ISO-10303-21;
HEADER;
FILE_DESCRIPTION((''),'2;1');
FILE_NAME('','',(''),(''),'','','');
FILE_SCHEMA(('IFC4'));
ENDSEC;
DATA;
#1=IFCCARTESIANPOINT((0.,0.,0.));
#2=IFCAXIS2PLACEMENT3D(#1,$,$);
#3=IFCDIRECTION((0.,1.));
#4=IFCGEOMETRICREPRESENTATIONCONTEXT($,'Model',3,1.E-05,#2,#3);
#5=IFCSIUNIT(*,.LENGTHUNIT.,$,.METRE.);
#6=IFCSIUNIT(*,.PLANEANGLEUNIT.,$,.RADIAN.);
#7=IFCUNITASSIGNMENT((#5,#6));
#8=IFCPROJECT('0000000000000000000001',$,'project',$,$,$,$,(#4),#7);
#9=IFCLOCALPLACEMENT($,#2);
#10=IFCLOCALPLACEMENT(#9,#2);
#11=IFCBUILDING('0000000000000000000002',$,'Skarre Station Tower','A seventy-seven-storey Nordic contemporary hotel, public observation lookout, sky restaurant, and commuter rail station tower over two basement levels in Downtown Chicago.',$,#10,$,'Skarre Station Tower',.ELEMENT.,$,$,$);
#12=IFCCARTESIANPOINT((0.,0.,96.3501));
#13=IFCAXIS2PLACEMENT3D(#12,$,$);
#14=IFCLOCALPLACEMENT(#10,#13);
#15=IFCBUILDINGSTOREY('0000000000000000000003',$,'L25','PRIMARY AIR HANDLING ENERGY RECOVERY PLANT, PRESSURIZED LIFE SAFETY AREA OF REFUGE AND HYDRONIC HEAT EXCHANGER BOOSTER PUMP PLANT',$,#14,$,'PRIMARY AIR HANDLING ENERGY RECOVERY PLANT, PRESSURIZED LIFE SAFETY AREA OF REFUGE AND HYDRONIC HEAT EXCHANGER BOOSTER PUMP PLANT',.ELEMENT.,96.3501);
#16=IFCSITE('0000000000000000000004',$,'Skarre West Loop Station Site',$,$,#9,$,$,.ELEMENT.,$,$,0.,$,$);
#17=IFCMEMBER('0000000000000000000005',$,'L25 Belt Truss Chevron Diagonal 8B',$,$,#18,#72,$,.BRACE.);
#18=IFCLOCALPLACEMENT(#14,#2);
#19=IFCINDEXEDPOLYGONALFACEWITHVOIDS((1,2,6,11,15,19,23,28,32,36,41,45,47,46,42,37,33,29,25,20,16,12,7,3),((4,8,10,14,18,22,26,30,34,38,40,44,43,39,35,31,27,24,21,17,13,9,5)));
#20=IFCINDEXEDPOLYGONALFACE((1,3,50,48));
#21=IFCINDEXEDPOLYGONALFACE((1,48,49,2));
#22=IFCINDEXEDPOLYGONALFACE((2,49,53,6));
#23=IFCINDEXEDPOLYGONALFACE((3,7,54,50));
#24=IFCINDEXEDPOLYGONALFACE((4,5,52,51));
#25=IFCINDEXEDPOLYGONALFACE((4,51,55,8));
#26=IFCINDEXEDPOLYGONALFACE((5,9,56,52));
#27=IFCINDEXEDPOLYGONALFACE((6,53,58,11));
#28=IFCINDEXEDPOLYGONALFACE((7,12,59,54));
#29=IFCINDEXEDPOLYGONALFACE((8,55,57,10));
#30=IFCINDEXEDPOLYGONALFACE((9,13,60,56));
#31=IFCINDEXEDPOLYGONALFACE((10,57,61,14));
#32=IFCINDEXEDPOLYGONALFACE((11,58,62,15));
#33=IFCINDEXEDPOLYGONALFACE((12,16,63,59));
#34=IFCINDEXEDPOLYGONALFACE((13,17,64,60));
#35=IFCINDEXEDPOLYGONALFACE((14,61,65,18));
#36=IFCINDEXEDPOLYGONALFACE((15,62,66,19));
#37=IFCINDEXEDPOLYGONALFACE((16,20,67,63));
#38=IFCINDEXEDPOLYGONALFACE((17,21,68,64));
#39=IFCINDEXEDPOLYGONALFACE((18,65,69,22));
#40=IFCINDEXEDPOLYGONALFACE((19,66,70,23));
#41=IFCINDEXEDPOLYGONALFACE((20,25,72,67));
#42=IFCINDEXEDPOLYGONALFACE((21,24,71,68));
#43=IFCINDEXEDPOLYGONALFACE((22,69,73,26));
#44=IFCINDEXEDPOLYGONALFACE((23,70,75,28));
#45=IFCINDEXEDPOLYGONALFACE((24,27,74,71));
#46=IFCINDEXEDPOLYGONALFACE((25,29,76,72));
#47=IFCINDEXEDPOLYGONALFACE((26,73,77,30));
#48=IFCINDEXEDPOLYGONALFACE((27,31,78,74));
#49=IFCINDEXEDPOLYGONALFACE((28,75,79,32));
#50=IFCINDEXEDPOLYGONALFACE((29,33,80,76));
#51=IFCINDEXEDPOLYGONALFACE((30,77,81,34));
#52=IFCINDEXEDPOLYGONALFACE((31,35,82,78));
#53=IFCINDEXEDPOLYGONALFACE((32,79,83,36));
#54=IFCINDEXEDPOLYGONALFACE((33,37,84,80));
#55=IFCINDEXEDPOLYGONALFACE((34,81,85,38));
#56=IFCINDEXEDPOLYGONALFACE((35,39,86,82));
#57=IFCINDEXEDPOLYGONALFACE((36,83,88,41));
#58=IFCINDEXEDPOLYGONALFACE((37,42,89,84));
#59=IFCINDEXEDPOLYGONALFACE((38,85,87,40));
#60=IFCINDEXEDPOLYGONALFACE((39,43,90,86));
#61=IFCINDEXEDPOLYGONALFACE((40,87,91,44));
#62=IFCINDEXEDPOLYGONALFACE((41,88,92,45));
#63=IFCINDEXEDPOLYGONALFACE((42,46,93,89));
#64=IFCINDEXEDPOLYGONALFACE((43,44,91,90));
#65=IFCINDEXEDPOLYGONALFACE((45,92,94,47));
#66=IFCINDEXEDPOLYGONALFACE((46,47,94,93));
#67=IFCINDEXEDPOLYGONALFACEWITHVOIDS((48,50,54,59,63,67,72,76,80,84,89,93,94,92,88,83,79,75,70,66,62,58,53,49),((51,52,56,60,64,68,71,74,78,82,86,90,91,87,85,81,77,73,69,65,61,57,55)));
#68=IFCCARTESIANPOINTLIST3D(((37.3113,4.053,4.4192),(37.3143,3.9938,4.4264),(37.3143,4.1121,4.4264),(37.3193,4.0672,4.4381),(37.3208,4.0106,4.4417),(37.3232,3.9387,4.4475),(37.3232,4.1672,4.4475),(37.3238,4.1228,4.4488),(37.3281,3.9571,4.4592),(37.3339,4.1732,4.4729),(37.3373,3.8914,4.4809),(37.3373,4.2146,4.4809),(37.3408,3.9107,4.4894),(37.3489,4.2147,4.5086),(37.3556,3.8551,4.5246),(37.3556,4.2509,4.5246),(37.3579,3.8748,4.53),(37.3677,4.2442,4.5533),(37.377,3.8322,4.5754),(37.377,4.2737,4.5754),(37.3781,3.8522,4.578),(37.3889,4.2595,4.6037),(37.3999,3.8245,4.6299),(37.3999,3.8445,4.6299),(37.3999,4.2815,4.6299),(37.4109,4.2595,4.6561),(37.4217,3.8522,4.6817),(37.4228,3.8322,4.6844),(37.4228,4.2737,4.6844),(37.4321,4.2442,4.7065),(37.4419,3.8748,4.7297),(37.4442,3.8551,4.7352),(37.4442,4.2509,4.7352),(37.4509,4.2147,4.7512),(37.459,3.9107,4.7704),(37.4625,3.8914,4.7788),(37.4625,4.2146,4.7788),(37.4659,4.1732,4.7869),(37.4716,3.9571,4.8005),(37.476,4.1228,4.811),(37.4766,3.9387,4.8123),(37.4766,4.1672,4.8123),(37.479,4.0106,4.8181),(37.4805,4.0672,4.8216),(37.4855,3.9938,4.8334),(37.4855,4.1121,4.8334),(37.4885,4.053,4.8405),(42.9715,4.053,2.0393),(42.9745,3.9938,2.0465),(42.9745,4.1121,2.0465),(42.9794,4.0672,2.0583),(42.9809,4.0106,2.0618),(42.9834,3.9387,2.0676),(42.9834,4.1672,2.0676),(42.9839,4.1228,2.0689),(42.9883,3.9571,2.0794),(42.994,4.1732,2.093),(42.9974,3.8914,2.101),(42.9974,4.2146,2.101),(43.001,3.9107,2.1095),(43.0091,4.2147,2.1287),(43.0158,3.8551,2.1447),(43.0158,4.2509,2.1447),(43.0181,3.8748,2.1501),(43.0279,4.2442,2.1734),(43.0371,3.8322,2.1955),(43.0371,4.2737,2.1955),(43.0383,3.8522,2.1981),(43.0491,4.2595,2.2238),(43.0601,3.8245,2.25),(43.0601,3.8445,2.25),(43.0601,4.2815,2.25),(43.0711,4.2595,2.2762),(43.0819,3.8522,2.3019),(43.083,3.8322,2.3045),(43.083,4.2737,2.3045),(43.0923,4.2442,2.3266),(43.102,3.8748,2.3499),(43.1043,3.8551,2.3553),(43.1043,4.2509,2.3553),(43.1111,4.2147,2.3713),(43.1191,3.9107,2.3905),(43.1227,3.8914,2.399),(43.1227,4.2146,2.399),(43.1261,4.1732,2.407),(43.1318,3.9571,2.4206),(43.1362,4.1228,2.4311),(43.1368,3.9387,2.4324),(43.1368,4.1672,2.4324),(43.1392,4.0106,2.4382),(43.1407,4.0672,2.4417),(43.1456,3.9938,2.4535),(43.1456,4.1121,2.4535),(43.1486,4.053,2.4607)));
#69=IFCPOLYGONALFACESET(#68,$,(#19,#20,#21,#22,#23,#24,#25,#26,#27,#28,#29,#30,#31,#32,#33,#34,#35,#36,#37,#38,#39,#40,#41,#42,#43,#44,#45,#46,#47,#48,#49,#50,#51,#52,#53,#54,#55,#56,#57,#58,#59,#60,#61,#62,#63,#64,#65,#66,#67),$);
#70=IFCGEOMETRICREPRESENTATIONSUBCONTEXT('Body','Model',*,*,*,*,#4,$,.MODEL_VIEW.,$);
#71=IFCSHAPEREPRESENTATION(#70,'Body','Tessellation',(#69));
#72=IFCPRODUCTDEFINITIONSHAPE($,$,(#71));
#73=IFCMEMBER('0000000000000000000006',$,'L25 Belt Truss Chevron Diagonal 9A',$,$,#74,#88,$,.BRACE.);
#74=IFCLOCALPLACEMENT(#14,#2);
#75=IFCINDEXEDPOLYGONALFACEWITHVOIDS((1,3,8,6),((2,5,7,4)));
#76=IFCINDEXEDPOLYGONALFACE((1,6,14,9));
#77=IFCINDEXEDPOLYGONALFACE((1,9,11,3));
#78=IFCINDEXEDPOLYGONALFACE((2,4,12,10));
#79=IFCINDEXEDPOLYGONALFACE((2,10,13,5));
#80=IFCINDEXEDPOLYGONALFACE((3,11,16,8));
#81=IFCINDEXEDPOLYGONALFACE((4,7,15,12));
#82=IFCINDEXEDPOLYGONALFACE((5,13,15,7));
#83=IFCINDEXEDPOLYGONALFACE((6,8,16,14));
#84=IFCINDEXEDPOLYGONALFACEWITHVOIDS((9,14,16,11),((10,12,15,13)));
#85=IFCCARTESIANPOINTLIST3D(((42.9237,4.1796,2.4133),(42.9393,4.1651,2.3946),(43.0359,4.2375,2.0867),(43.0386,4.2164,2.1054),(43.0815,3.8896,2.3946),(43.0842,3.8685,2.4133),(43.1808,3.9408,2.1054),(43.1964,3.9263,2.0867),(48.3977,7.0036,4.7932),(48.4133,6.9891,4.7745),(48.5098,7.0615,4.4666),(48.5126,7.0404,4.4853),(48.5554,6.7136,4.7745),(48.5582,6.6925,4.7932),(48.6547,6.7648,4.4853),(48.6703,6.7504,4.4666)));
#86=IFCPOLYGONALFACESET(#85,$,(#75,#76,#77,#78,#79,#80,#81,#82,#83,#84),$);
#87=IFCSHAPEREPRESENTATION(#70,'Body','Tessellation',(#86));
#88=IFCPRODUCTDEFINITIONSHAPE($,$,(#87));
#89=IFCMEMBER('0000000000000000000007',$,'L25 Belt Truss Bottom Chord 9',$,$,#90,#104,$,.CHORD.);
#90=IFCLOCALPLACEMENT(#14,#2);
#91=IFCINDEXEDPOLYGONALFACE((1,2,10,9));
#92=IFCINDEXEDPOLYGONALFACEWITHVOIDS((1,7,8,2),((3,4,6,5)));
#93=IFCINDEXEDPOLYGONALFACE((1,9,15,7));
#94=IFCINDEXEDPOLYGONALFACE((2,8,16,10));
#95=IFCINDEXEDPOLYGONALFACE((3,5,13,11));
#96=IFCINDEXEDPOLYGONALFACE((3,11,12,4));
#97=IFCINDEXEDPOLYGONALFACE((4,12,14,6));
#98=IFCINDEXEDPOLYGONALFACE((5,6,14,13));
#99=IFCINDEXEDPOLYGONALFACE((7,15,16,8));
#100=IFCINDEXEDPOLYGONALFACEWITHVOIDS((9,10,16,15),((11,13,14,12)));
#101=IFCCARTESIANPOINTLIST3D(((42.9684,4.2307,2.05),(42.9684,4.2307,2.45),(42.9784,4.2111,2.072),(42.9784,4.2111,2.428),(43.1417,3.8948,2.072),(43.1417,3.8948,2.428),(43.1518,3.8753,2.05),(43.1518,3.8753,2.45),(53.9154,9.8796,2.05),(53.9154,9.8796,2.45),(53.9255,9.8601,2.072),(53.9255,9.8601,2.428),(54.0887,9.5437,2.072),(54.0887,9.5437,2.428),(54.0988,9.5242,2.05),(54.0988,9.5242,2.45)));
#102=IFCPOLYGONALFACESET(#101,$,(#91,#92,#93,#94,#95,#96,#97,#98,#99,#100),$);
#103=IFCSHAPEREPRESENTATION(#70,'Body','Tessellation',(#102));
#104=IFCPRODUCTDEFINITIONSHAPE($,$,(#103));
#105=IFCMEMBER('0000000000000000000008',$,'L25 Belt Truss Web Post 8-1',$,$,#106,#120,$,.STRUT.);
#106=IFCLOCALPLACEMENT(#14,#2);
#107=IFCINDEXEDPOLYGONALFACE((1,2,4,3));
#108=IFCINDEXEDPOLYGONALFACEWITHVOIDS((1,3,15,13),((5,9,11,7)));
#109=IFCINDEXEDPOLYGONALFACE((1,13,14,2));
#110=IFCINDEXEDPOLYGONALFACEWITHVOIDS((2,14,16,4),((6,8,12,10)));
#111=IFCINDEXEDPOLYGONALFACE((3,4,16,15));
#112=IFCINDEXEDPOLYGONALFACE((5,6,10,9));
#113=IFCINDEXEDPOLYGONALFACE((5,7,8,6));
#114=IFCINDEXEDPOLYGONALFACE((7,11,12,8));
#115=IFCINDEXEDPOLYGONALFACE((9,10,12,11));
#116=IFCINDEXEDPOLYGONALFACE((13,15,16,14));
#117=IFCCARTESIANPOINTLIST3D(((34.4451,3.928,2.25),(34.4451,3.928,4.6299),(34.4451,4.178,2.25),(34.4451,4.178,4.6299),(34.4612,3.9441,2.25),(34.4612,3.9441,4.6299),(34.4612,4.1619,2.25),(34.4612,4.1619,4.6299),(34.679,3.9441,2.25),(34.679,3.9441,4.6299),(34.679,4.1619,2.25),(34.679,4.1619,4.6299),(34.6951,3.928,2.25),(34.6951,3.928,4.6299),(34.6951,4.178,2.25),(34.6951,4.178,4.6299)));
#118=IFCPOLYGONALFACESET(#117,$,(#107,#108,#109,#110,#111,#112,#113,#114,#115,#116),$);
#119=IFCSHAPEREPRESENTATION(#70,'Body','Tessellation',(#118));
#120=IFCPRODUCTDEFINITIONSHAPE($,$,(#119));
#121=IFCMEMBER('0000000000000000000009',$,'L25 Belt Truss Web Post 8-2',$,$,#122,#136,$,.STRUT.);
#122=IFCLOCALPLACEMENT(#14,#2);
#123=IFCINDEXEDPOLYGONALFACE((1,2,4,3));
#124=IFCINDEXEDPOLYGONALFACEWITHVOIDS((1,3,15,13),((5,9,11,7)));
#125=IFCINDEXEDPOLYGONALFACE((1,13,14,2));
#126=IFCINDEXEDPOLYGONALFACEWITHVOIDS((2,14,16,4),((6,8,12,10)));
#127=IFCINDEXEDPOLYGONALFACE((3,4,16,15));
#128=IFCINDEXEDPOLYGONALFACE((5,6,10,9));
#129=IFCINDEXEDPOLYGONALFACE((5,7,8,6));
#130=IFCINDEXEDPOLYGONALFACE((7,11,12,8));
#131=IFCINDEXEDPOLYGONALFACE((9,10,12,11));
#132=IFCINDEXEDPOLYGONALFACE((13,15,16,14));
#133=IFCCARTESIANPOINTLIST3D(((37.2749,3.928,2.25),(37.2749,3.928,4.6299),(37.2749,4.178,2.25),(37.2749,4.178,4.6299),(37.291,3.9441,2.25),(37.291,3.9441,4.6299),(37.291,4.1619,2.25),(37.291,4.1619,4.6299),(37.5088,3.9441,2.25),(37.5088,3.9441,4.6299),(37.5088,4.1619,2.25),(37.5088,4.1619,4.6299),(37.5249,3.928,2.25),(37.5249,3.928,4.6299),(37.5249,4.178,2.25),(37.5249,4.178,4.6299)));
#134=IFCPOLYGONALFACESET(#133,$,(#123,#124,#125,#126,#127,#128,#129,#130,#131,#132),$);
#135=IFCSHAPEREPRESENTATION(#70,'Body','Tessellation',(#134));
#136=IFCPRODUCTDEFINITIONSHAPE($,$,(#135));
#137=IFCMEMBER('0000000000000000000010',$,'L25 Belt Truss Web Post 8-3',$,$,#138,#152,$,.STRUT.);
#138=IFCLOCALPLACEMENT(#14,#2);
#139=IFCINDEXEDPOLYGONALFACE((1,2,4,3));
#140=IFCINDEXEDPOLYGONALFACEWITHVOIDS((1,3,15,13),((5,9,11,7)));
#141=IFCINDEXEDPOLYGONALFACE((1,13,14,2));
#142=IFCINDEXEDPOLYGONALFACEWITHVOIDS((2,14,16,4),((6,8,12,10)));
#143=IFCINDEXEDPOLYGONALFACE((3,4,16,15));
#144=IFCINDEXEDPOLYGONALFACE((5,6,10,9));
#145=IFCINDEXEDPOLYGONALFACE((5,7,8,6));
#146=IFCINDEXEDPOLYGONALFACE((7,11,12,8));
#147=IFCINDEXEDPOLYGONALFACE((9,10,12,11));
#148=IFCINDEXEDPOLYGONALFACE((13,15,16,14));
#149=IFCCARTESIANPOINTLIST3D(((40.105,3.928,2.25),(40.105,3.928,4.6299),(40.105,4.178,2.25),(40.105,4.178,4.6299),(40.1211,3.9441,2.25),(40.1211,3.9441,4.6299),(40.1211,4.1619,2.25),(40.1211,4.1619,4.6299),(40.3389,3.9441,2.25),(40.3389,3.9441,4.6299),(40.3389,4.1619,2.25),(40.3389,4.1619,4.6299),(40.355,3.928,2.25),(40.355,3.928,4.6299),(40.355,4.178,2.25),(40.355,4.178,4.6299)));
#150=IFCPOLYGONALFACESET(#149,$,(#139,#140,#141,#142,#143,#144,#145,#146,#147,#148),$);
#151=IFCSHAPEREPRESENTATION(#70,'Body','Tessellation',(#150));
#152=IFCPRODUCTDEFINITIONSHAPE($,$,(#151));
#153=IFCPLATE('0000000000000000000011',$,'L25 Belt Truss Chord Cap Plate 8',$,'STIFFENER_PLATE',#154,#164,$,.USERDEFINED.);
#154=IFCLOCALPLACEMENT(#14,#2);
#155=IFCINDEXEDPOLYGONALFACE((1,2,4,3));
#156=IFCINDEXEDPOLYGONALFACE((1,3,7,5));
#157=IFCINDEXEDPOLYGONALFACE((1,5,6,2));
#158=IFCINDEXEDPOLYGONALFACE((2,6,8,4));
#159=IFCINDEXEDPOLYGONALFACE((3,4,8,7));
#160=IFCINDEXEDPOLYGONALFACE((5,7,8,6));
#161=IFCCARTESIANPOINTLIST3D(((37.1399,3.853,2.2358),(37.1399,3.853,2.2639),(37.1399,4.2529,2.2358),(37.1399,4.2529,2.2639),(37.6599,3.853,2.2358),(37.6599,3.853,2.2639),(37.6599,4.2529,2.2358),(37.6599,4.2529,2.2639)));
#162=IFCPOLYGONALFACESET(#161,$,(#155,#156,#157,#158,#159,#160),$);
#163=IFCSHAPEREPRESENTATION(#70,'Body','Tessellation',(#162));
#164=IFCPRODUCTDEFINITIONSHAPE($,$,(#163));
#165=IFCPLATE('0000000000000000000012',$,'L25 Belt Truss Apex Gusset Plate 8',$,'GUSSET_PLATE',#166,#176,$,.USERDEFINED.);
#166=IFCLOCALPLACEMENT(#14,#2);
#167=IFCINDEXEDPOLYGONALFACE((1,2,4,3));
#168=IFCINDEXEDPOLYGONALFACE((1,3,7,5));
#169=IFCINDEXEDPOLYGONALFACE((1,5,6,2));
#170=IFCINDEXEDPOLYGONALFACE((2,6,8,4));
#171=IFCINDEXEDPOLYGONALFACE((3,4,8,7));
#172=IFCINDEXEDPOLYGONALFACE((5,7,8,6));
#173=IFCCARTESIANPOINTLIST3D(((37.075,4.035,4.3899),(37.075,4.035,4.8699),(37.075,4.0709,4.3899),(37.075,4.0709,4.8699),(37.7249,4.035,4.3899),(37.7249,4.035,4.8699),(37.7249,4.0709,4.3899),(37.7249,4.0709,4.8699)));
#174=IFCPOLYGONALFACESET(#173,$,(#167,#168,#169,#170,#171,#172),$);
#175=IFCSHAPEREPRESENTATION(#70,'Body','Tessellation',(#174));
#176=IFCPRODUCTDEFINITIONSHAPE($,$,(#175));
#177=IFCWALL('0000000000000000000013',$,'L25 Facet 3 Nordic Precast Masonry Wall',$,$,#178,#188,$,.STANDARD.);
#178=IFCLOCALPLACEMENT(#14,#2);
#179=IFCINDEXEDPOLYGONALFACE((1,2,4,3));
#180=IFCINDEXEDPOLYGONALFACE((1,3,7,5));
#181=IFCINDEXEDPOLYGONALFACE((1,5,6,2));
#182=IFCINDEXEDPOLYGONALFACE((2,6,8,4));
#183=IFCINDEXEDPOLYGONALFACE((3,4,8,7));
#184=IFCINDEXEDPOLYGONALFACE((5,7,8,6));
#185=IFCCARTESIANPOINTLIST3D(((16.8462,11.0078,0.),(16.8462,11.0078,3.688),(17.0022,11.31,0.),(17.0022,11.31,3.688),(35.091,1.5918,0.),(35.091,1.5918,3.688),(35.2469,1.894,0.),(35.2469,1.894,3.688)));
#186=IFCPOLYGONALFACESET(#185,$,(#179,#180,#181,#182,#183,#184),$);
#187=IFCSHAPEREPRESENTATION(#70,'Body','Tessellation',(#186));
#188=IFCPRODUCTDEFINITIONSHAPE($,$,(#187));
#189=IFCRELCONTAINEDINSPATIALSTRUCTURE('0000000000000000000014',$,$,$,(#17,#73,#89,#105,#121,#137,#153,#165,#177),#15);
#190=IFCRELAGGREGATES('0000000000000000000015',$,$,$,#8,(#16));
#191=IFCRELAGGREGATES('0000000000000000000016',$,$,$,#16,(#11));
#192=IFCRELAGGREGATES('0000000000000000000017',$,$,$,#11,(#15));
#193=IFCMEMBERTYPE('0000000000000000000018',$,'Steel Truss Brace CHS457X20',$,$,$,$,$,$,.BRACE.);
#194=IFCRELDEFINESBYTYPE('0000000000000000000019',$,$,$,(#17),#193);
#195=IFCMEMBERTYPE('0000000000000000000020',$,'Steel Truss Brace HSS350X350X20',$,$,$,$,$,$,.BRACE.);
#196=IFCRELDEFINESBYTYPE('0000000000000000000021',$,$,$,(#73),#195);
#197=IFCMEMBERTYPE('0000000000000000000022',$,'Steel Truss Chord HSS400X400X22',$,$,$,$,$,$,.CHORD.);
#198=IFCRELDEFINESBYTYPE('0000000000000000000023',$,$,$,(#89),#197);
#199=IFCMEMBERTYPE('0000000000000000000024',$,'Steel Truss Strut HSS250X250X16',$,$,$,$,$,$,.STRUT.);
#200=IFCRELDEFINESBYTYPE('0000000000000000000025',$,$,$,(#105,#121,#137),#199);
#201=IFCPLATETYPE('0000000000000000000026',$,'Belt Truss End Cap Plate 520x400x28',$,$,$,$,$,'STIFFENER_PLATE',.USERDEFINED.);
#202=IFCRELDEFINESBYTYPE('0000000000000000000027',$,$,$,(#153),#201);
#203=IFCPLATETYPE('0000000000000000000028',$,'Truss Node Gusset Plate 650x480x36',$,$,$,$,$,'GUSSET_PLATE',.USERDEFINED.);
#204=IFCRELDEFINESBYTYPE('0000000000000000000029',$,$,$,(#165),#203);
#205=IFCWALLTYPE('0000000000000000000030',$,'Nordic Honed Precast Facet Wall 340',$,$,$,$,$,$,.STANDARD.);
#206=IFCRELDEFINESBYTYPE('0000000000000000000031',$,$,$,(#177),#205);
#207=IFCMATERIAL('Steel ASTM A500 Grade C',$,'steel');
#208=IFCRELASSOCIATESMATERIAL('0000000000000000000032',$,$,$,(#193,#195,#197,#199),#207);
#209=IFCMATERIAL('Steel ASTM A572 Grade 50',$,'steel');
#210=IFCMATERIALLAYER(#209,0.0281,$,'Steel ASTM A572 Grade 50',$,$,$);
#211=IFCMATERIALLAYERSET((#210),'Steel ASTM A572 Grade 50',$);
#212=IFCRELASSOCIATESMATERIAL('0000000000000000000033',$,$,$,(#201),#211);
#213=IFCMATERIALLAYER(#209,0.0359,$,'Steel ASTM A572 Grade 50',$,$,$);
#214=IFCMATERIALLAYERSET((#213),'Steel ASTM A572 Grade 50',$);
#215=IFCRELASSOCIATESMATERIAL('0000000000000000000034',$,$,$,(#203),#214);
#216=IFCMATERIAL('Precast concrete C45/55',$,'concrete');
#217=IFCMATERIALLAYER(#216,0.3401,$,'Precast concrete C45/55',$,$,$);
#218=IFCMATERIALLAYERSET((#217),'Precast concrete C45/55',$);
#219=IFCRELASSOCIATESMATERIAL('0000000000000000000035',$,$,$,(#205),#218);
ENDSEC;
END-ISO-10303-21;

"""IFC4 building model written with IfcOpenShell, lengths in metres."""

from ifc_helpers import new_model, si_unit, direction, frame, frame_2d, origin, origin_2d, place, context, subcontext, project, spatial, rectangle, hollow_rectangle, hollow_circle, extrude, material, layer, layer_set, material_profile, profile_set, type_object, element, save


model = new_model("IFC4")

# Units and contexts
model_context = context("Model", 3, precision=1e-05, world=origin(), true_north=direction((0.0, 1.0)))
body_context = subcontext(model_context, "Body", "Model", "MODEL_VIEW")
ifc_project = project(units=[si_unit("LENGTHUNIT", "METRE"), si_unit("PLANEANGLEUNIT", "RADIAN")], contexts=[model_context])

# Site, building, storey
site_placement = place(None, origin())
site = spatial("IfcSite", under=ifc_project, at=site_placement, Name="Skarre West Loop Station Site", CompositionType="ELEMENT", RefElevation=0.0)
building_placement = place(site_placement, origin())
building = spatial("IfcBuilding", under=site, at=building_placement, Name="Skarre Station Tower", Description="A seventy-seven-storey Nordic contemporary hotel, public observation lookout, sky restaurant, and commuter rail station tower over two basement levels in Downtown Chicago.", LongName="Skarre Station Tower", CompositionType="ELEMENT")
storey_placement = place(building_placement, frame((0.0, 0.0, 96.3501)))
storey = spatial("IfcBuildingStorey", under=building, at=storey_placement, Name="L25", Description="PRIMARY AIR HANDLING ENERGY RECOVERY PLANT, PRESSURIZED LIFE SAFETY AREA OF REFUGE AND HYDRONIC HEAT EXCHANGER BOOSTER PUMP PLANT", LongName="PRIMARY AIR HANDLING ENERGY RECOVERY PLANT, PRESSURIZED LIFE SAFETY AREA OF REFUGE AND HYDRONIC HEAT EXCHANGER BOOSTER PUMP PLANT", CompositionType="ELEMENT", Elevation=96.3501)

# Shared definitions
ifc_material_1 = material(Name="Steel ASTM A572 Grade 50", Category="steel")

# Members
ifc_material_2 = material(Name="Steel ASTM A500 Grade C", Category="steel")
ifc_material_profile_1 = material_profile(ifc_material_2, hollow_circle(Radius=0.2285, WallThickness=0.02, at=origin_2d()), Name="Steel ASTM A500 Grade C")
ifc_profile_set_1 = profile_set([ifc_material_profile_1], Name="Steel ASTM A500 Grade C")
member_type_1 = type_object("IfcMemberType", Name="Steel Truss Brace CHS457X20", PredefinedType="BRACE", material=ifc_profile_set_1)
member_1_placement = place(storey_placement, frame((43.0601, 4.053, 2.25), z_axis=(-0.92183, 0.0, 0.387595), x_axis=(0.0, -1.0, 0.0)))
element("IfcMember", 1, at=member_1_placement, inside=storey, type_object=member_type_1, Name="L25 Belt Truss Chevron Diagonal 8B", PredefinedType="BRACE", context=body_context, shape_type="SweptSolid", body=[
    extrude(hollow_circle(Radius=0.2285, WallThickness=0.02, at=origin_2d()), origin(), (0.0, 0.0, 1.0), 6.1401),
])
ifc_material_profile_2 = material_profile(ifc_material_2, hollow_rectangle(XDim=0.3501, YDim=0.3501, WallThickness=0.02, at=origin_2d()), Name="Steel ASTM A500 Grade C")
ifc_profile_set_2 = profile_set([ifc_material_profile_2], Name="Steel ASTM A500 Grade C")
member_type_2 = type_object("IfcMemberType", Name="Steel Truss Brace HSS350X350X20", PredefinedType="BRACE", material=ifc_profile_set_2)
member_2_placement = place(storey_placement, frame((43.0601, 4.053, 2.25), z_axis=(0.828976, 0.427669, 0.360415), x_axis=(-0.458482, 0.888703, 0.0)))
element("IfcMember", 2, at=member_2_placement, inside=storey, type_object=member_type_2, Name="L25 Belt Truss Chevron Diagonal 9A", PredefinedType="BRACE", context=body_context, shape_type="SweptSolid", body=[
    extrude(hollow_rectangle(XDim=0.3501, YDim=0.3501, WallThickness=0.02, at=origin_2d()), origin(), (0.0, 0.0, 1.0), 6.6033),
])
ifc_material_profile_3 = material_profile(ifc_material_2, hollow_rectangle(XDim=0.3999, YDim=0.3999, WallThickness=0.022, at=origin_2d()), Name="Steel ASTM A500 Grade C")
ifc_profile_set_3 = profile_set([ifc_material_profile_3], Name="Steel ASTM A500 Grade C")
member_type_3 = type_object("IfcMemberType", Name="Steel Truss Chord HSS400X400X22", PredefinedType="CHORD", material=ifc_profile_set_3)
member_3_placement = place(storey_placement, frame((43.0601, 4.053, 2.25), z_axis=(0.888659, 0.458569, 0.0), x_axis=(-0.458569, 0.888659, 0.0)))
element("IfcMember", 3, at=member_3_placement, inside=storey, type_object=member_type_3, Name="L25 Belt Truss Bottom Chord 9", PredefinedType="CHORD", context=body_context, shape_type="SweptSolid", body=[
    extrude(hollow_rectangle(XDim=0.3999, YDim=0.3999, WallThickness=0.022, at=origin_2d()), origin(), (0.0, 0.0, 1.0), 12.3186),
])
ifc_material_profile_4 = material_profile(ifc_material_2, hollow_rectangle(XDim=0.25, YDim=0.25, WallThickness=0.0161, at=origin_2d()), Name="Steel ASTM A500 Grade C")
ifc_profile_set_4 = profile_set([ifc_material_profile_4], Name="Steel ASTM A500 Grade C")
member_type_4 = type_object("IfcMemberType", Name="Steel Truss Strut HSS250X250X16", PredefinedType="STRUT", material=ifc_profile_set_4)
for number, where, z_axis, x_axis, name in (
    (4, (34.5701, 4.053, 2.25), (0.0, 0.0, 1.0), (1.0, 0.0, 0.0), "L25 Belt Truss Web Post 8-1"),
    (5, (37.3999, 4.053, 2.25), (0.0, 0.0, 1.0), (1.0, 0.0, 0.0), "L25 Belt Truss Web Post 8-2"),
    (6, (40.23, 4.053, 2.25), (0.0, 0.0, 1.0), (1.0, 0.0, 0.0), "L25 Belt Truss Web Post 8-3"),
):
    element("IfcMember", number, at=place(storey_placement, frame(where, z_axis=z_axis, x_axis=x_axis)), inside=storey, type_object=member_type_4, Name=name, PredefinedType="STRUT", context=body_context, shape_type="SweptSolid", body=[
        extrude(hollow_rectangle(XDim=0.25, YDim=0.25, WallThickness=0.0161, at=origin_2d()), origin(), (0.0, 0.0, 1.0), 2.3799),
    ])

# Plates
ifc_layer_1 = layer(ifc_material_1, 0.0281, Name="Steel ASTM A572 Grade 50")
ifc_layer_set_1 = layer_set([ifc_layer_1], Name="Steel ASTM A572 Grade 50")
plate_type_1 = type_object("IfcPlateType", Name="Belt Truss End Cap Plate 520x400x28", ElementType="STIFFENER_PLATE", PredefinedType="USERDEFINED", material=ifc_layer_set_1)
plate_1_placement = place(storey_placement, frame((37.3999, 4.053, 2.2358), z_axis=(0.0, 0.0, 1.0), x_axis=(1.0, 0.0, 0.0)))
element("IfcPlate", 7, at=plate_1_placement, inside=storey, type_object=plate_type_1, Name="L25 Belt Truss Chord Cap Plate 8", ObjectType="STIFFENER_PLATE", PredefinedType="USERDEFINED", context=body_context, shape_type="SweptSolid", body=[
    extrude(rectangle(XDim=0.52, YDim=0.3999, at=origin_2d()), origin(), (0.0, 0.0, 1.0), 0.0281),
])
ifc_layer_2 = layer(ifc_material_1, 0.0359, Name="Steel ASTM A572 Grade 50")
ifc_layer_set_2 = layer_set([ifc_layer_2], Name="Steel ASTM A572 Grade 50")
plate_type_2 = type_object("IfcPlateType", Name="Truss Node Gusset Plate 650x480x36", ElementType="GUSSET_PLATE", PredefinedType="USERDEFINED", material=ifc_layer_set_2)
plate_2_placement = place(storey_placement, frame((37.3999, 4.053, 4.3899), z_axis=(0.0, 0.0, 1.0), x_axis=(1.0, 0.0, 0.0)))
element("IfcPlate", 8, at=plate_2_placement, inside=storey, type_object=plate_type_2, Name="L25 Belt Truss Apex Gusset Plate 8", ObjectType="GUSSET_PLATE", PredefinedType="USERDEFINED", context=body_context, shape_type="SweptSolid", body=[
    extrude(rectangle(XDim=0.6499, YDim=0.0359, at=origin_2d()), origin(), (0.0, 0.0, 1.0), 0.48),
])

# Wall
ifc_material_3 = material(Name="Precast concrete C45/55", Category="concrete")
ifc_layer_3 = layer(ifc_material_3, 0.3401, Name="Precast concrete C45/55")
ifc_layer_set_3 = layer_set([ifc_layer_3], Name="Precast concrete C45/55")
wall_type_1 = type_object("IfcWallType", Name="Nordic Honed Precast Facet Wall 340", PredefinedType="STANDARD", material=ifc_layer_set_3)
wall_1_placement = place(storey_placement, frame((35.1689, 1.7429, 0.0), z_axis=(0.0, 0.0, 1.0), x_axis=(-0.888634, 0.458616, 0.0)))
element("IfcWall", 9, at=wall_1_placement, inside=storey, type_object=wall_type_1, Name="L25 Facet 3 Nordic Precast Masonry Wall", PredefinedType="STANDARD", context=body_context, shape_type="SweptSolid", body=[
    extrude(rectangle(XDim=20.5312, YDim=0.3401, at=frame_2d((10.2656, 0.0))), origin(), (0.0, 0.0, 1.0), 3.688),
])

save(model, "model.ifc")
